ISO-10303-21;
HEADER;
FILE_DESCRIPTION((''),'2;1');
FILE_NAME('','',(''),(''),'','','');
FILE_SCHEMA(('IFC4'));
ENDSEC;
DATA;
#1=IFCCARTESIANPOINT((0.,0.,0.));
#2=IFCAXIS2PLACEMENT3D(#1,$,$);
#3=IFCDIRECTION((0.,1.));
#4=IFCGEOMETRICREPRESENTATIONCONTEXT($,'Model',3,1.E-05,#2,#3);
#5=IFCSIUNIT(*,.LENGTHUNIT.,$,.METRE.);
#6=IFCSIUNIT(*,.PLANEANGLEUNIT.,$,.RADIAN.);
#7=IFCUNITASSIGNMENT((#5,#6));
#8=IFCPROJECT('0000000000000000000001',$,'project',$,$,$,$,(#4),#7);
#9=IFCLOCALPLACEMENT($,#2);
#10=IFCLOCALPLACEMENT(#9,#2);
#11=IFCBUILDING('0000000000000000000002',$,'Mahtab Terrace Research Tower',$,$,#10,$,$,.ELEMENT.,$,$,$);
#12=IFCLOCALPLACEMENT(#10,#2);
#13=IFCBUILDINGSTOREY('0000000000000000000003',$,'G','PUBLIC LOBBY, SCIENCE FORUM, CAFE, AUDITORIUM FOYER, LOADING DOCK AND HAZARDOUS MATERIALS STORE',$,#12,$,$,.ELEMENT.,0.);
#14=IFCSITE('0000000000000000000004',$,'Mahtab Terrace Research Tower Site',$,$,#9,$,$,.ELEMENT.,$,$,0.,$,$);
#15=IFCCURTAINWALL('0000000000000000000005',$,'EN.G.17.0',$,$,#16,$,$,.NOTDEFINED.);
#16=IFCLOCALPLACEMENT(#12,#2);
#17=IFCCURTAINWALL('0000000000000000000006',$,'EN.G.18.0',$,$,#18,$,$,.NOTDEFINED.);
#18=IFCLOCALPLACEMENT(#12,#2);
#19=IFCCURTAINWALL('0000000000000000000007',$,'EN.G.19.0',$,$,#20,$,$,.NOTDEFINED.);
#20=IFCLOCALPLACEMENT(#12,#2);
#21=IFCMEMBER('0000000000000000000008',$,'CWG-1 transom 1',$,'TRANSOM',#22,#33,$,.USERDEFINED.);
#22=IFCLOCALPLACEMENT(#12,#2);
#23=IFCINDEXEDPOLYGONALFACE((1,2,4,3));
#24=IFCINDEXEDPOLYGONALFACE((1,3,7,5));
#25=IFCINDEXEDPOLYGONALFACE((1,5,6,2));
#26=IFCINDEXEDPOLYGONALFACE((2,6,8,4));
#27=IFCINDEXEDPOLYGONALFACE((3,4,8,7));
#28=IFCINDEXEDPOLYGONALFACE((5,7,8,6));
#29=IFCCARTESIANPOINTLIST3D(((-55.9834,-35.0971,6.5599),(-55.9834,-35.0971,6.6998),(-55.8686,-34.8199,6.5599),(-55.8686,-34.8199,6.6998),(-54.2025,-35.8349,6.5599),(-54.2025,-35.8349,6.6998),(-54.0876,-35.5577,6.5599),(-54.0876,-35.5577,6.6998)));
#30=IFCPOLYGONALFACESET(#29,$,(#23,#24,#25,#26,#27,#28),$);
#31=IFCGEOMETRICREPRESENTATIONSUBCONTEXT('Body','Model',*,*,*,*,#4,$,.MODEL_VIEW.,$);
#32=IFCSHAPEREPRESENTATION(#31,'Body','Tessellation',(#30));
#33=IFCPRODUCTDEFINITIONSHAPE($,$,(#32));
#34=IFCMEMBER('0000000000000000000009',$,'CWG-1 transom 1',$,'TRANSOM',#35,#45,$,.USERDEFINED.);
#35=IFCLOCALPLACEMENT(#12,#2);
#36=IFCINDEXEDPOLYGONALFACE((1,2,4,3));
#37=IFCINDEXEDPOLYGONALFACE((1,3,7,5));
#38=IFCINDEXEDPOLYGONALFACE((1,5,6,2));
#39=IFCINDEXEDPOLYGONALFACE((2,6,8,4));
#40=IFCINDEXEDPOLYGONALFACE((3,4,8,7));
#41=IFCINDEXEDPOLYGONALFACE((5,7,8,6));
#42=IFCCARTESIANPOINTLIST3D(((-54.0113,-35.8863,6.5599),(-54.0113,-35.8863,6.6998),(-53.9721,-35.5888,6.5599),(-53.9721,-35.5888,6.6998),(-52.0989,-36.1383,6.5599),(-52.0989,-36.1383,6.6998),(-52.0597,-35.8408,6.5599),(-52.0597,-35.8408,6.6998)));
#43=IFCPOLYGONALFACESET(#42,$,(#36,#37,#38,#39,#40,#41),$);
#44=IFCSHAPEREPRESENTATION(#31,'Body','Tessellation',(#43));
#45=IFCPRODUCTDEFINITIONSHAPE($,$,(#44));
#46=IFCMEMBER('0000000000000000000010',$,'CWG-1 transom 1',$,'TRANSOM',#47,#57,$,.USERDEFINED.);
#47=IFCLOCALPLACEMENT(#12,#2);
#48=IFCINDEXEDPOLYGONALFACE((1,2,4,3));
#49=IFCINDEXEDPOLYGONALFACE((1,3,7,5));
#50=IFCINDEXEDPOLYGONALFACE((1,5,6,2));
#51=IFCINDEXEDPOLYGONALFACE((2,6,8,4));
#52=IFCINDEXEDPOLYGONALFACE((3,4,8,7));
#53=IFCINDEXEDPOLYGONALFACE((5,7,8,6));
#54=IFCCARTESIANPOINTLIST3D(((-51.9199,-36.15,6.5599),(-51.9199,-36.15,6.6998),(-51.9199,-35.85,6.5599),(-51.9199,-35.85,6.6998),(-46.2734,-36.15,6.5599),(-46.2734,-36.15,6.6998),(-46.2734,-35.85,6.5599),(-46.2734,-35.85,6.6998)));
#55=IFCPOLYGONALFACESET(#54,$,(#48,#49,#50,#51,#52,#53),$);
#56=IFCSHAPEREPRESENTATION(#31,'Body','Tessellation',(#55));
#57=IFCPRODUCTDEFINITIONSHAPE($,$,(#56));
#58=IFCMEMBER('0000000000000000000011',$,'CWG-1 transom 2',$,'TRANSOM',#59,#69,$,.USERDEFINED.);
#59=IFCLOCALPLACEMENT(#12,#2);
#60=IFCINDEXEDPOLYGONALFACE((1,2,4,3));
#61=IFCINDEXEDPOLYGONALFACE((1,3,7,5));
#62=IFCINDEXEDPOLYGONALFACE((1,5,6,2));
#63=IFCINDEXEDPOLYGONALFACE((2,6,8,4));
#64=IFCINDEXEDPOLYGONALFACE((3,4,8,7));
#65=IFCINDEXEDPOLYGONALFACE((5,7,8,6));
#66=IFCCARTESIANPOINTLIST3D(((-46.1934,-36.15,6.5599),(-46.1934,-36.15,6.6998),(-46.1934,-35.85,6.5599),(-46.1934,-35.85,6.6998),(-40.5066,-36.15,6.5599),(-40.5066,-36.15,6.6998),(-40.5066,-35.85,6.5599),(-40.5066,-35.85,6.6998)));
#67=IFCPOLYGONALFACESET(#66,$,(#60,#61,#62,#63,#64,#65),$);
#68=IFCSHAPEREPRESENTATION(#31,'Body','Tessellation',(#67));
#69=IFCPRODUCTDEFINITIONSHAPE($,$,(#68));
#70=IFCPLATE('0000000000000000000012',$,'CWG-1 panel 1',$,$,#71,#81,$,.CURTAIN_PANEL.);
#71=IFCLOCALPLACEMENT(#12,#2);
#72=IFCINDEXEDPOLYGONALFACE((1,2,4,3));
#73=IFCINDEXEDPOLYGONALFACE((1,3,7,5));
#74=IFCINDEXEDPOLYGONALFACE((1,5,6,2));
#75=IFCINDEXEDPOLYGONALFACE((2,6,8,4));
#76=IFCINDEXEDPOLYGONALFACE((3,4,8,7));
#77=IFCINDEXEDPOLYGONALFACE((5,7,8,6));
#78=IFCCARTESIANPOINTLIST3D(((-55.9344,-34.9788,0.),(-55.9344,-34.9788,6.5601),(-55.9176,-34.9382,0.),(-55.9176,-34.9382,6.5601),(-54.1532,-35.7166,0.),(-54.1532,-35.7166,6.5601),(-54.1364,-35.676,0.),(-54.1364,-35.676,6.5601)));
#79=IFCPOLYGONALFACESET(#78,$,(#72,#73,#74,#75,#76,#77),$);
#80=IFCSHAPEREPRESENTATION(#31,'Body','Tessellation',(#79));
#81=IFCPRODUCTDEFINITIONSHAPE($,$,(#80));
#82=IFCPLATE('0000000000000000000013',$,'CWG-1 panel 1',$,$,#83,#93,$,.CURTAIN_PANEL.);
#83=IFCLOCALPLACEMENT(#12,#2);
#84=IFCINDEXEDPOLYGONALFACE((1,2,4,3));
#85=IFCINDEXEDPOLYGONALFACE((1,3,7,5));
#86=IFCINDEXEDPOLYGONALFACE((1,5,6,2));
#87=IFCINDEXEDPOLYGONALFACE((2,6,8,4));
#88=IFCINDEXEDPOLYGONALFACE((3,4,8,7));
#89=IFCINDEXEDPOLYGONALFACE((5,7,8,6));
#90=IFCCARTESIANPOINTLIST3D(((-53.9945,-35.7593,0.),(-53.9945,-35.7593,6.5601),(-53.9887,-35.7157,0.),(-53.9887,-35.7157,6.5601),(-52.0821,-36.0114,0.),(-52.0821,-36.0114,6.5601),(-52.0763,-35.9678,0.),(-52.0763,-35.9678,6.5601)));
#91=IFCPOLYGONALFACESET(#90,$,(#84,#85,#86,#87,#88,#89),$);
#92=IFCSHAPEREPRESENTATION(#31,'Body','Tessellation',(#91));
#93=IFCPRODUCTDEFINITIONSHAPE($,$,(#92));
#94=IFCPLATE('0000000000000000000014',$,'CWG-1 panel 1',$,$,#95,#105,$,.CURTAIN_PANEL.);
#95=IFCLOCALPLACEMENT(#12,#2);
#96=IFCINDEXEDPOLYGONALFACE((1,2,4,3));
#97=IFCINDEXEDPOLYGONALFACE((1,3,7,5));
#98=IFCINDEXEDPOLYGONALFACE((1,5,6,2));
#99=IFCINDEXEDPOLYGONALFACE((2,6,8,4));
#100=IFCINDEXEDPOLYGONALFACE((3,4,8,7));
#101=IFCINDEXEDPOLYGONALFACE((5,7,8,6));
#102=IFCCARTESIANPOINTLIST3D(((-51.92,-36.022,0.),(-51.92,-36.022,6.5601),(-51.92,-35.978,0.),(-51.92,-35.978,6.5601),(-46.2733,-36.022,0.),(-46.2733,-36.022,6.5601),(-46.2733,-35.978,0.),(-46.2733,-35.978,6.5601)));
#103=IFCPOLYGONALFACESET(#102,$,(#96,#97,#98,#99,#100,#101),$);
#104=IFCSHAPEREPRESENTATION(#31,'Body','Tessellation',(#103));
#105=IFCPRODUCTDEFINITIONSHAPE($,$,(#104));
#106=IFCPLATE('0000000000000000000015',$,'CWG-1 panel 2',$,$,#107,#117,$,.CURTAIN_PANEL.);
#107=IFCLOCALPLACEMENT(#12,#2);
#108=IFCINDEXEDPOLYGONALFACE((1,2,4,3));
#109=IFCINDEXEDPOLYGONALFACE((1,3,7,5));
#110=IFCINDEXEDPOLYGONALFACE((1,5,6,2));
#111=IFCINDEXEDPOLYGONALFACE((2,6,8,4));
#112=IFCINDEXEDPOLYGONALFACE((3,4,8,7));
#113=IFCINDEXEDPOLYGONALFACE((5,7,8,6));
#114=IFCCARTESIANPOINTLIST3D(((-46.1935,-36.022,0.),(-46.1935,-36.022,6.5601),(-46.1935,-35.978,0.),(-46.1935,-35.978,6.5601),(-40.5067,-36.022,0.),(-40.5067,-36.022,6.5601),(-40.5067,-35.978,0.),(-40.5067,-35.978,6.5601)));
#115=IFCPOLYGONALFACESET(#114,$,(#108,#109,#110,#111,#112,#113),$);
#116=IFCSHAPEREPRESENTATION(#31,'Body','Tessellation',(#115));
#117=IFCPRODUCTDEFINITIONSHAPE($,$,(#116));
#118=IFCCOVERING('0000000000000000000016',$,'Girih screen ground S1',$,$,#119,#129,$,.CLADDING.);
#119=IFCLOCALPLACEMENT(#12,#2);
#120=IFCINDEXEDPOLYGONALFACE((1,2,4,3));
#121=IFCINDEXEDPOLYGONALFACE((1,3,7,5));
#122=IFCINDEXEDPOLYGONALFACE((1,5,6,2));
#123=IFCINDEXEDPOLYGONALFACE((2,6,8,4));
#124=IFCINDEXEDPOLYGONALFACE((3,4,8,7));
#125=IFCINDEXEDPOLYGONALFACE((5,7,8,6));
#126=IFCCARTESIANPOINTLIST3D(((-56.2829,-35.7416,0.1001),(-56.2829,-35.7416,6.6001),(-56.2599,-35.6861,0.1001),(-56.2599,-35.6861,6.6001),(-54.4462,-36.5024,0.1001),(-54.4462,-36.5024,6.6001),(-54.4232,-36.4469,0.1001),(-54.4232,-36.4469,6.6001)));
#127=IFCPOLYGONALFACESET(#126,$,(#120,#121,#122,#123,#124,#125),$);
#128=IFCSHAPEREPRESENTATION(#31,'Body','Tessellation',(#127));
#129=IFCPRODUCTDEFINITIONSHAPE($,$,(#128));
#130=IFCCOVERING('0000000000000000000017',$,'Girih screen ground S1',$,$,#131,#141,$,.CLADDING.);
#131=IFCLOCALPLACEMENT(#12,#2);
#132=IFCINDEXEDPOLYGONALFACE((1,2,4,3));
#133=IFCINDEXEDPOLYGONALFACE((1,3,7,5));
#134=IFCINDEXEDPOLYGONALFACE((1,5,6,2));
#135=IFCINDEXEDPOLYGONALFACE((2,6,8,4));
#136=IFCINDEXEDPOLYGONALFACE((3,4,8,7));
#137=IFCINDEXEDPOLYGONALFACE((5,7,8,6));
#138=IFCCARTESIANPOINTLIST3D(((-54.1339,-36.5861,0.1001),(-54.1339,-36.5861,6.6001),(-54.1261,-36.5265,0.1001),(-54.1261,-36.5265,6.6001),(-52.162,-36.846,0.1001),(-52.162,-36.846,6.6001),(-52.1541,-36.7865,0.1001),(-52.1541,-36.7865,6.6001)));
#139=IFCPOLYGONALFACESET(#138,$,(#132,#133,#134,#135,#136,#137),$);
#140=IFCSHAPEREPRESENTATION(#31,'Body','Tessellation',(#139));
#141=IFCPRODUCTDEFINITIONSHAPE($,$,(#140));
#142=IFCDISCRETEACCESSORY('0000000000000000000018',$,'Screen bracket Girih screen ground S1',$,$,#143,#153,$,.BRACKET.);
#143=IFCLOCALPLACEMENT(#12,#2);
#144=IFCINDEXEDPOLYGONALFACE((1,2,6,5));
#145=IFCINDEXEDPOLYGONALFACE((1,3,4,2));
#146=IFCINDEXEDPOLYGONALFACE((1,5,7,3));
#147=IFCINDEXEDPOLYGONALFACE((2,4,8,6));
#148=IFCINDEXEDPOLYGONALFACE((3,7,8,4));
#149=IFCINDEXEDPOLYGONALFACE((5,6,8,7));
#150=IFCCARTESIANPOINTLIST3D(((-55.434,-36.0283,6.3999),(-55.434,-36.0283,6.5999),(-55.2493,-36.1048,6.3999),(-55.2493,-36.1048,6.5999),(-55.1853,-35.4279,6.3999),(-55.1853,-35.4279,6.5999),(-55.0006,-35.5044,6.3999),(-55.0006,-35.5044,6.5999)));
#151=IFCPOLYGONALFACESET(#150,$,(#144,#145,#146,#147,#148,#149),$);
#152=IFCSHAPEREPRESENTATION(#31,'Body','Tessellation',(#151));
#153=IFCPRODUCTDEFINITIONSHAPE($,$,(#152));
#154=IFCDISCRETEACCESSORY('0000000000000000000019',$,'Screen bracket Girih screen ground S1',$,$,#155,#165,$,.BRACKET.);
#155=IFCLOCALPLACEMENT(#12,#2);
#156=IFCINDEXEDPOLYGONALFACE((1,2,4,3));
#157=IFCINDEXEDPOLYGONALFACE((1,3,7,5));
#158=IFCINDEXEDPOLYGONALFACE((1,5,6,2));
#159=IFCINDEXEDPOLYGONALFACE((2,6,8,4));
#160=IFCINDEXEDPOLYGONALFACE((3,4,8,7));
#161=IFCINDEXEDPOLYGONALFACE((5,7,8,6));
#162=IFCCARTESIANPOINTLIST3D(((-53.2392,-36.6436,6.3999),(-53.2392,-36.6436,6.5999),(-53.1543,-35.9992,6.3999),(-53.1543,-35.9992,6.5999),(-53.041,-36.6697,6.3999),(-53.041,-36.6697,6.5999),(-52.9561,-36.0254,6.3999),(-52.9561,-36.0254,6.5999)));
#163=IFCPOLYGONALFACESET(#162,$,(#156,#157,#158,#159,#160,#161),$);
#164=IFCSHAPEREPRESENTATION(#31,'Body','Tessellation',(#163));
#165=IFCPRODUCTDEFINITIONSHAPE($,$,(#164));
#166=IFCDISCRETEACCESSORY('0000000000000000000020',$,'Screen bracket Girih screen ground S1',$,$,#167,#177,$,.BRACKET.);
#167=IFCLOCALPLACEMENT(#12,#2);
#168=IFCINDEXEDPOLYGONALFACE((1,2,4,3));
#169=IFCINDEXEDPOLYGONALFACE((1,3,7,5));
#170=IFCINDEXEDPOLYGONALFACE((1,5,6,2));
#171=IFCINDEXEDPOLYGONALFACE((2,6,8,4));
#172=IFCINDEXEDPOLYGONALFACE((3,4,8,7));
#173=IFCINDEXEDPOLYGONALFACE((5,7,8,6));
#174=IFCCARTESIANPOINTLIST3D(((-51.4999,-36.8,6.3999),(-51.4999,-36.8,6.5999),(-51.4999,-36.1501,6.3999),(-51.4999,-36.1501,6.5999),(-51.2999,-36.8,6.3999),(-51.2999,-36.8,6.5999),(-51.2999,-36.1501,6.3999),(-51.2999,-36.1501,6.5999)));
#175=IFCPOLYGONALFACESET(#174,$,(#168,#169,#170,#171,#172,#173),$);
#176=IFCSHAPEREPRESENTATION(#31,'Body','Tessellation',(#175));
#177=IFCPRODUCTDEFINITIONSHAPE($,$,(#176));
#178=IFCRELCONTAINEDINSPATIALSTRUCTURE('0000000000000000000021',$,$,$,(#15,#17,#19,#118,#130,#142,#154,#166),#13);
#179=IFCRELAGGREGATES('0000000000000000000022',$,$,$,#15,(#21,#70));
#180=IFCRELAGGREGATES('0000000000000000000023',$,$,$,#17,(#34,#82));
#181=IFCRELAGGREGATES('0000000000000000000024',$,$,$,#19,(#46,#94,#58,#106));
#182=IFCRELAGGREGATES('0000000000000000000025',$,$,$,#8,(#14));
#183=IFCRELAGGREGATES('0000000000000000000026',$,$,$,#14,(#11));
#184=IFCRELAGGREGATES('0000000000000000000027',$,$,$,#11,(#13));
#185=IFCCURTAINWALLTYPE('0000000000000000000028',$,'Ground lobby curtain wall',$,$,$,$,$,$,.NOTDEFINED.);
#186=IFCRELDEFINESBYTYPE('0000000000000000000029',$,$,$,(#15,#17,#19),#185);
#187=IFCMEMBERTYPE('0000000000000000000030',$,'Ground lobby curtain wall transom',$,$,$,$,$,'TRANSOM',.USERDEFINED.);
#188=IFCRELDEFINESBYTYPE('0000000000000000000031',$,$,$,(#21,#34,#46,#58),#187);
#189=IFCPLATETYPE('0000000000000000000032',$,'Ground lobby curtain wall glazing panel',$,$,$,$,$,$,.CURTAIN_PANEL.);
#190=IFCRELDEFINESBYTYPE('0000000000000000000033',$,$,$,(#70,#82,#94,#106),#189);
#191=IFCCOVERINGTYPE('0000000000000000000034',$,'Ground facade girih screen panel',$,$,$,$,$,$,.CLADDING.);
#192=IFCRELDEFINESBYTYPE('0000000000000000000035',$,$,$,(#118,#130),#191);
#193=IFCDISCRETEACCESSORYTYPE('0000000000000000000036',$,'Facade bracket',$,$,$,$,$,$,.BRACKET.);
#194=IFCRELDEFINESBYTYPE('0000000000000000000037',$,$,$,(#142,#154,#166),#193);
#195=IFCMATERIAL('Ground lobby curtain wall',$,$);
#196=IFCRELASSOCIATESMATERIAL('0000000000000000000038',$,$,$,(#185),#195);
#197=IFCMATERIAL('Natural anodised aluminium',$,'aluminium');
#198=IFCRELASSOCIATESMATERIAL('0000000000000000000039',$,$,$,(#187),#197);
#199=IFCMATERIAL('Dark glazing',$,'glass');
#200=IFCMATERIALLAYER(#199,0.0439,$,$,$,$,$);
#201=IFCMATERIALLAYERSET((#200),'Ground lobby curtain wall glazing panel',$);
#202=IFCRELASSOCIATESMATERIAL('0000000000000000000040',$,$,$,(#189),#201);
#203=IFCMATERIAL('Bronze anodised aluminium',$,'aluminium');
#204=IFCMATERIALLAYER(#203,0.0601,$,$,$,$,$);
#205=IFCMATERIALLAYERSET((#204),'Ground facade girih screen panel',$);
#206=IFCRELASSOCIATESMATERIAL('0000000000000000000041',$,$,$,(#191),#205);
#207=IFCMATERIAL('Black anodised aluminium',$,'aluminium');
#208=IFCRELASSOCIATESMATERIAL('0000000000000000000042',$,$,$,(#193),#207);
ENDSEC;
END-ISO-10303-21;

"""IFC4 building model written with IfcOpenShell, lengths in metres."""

from ifc_helpers import new_model, si_unit, direction, frame, origin, origin_2d, place, context, subcontext, project, spatial, rectangle, extrude, material, layer, layer_set, material_profile, profile_set, type_object, element, aggregate, save


model = new_model("IFC4")

# Units and contexts
model_context = context("Model", 3, precision=1e-05, world=origin(), true_north=direction((0.0, 1.0)))
body_context = subcontext(model_context, "Body", "Model", "MODEL_VIEW")
ifc_project = project(units=[si_unit("LENGTHUNIT", "METRE"), si_unit("PLANEANGLEUNIT", "RADIAN")], contexts=[model_context])

# Site, building, storey
site_placement = place(None, origin())
site = spatial("IfcSite", under=ifc_project, at=site_placement, Name="Mahtab Terrace Research Tower Site", CompositionType="ELEMENT", RefElevation=0.0)
building_placement = place(site_placement, origin())
building = spatial("IfcBuilding", under=site, at=building_placement, Name="Mahtab Terrace Research Tower", CompositionType="ELEMENT")
storey_placement = place(building_placement, origin())
storey = spatial("IfcBuildingStorey", under=building, at=storey_placement, Name="G", Description="PUBLIC LOBBY, SCIENCE FORUM, CAFE, AUDITORIUM FOYER, LOADING DOCK AND HAZARDOUS MATERIALS STORE", CompositionType="ELEMENT", Elevation=0.0)

# Curtain wall
ifc_material_1 = material(Name="Ground lobby curtain wall")
curtain_wall_type = type_object("IfcCurtainWallType", Name="Ground lobby curtain wall", PredefinedType="NOTDEFINED", material=ifc_material_1)
curtain_wall_1_placement = place(storey_placement, origin())
curtain_wall_1 = element("IfcCurtainWall", 1, at=curtain_wall_1_placement, inside=storey, type_object=curtain_wall_type, Name="EN.G.17.0", PredefinedType="NOTDEFINED")
ifc_material_2 = material(Name="Natural anodised aluminium", Category="aluminium")

# Curtain walls
curtain_wall_2_placement = place(storey_placement, origin())
curtain_wall_2 = element("IfcCurtainWall", 2, at=curtain_wall_2_placement, inside=storey, type_object=curtain_wall_type, Name="EN.G.18.0", PredefinedType="NOTDEFINED")
curtain_wall_3_placement = place(storey_placement, origin())
curtain_wall_3 = element("IfcCurtainWall", 3, at=curtain_wall_3_placement, inside=storey, type_object=curtain_wall_type, Name="EN.G.19.0", PredefinedType="NOTDEFINED")

# Members
ifc_material_profile_1 = material_profile(ifc_material_2, rectangle(XDim=0.3, YDim=0.1399, at=origin_2d()), Name="TRANSOM 140x300")
ifc_profile_set_1 = profile_set([ifc_material_profile_1], Name="Natural anodised aluminium")
member_type_1 = type_object("IfcMemberType", Name="Ground lobby curtain wall transom", ElementType="TRANSOM", PredefinedType="USERDEFINED", material=ifc_profile_set_1)
member_1_placement = place(storey_placement, frame((-55.926, -34.9585, 6.6299), z_axis=(0.923866, -0.382717, 0.0), x_axis=(0.382717, 0.923866, 0.0)))
member_1 = element("IfcMember", 4, at=member_1_placement, type_object=member_type_1, Name="CWG-1 transom 1", ObjectType="TRANSOM", PredefinedType="USERDEFINED", context=body_context, shape_type="SweptSolid", body=[
    extrude(rectangle(XDim=0.3, YDim=0.1399, at=origin_2d()), origin(), (0.0, 0.0, 1.0), 1.9277),
])
member_2_placement = place(storey_placement, frame((-53.9917, -35.7375, 6.6299), z_axis=(0.991432, -0.130621, 0.0), x_axis=(0.130621, 0.991432, 0.0)))
member_2 = element("IfcMember", 5, at=member_2_placement, type_object=member_type_1, Name="CWG-1 transom 1", ObjectType="TRANSOM", PredefinedType="USERDEFINED", context=body_context, shape_type="SweptSolid", body=[
    extrude(rectangle(XDim=0.3, YDim=0.1399, at=origin_2d()), origin(), (0.0, 0.0, 1.0), 1.929),
])
member_3_placement = place(storey_placement, frame((-51.9199, -36.0, 6.6299), z_axis=(1.0, 0.0, 0.0), x_axis=(0.0, 1.0, 0.0)))
member_3 = element("IfcMember", 6, at=member_3_placement, type_object=member_type_1, Name="CWG-1 transom 1", ObjectType="TRANSOM", PredefinedType="USERDEFINED", context=body_context, shape_type="SweptSolid", body=[
    extrude(rectangle(XDim=0.3, YDim=0.1399, at=origin_2d()), origin(), (0.0, 0.0, 1.0), 5.6465),
])
member_4_placement = place(storey_placement, frame((-46.1934, -36.0, 6.6299), z_axis=(1.0, 0.0, 0.0), x_axis=(0.0, 1.0, 0.0)))
member_4 = element("IfcMember", 7, at=member_4_placement, type_object=member_type_1, Name="CWG-1 transom 2", ObjectType="TRANSOM", PredefinedType="USERDEFINED", context=body_context, shape_type="SweptSolid", body=[
    extrude(rectangle(XDim=0.3, YDim=0.1399, at=origin_2d()), origin(), (0.0, 0.0, 1.0), 5.6868),
])

# Plates
ifc_material_3 = material(Name="Dark glazing", Category="glass")
ifc_layer_1 = layer(ifc_material_3, 0.0439)
ifc_layer_set_1 = layer_set([ifc_layer_1], Name="Ground lobby curtain wall glazing panel")
plate_type = type_object("IfcPlateType", Name="Ground lobby curtain wall glazing panel", PredefinedType="CURTAIN_PANEL", material=ifc_layer_set_1)
plate_1_placement = place(storey_placement, frame((-55.0354, -35.3274, 0.0), z_axis=(0.0, 0.0, 1.0), x_axis=(0.923883, -0.382676, 0.0)))
plate_1 = element("IfcPlate", 8, at=plate_1_placement, type_object=plate_type, Name="CWG-1 panel 1", PredefinedType="CURTAIN_PANEL", context=body_context, shape_type="SweptSolid", body=[
    extrude(rectangle(XDim=1.928, YDim=0.0439, at=origin_2d()), origin(), (0.0, 0.0, 1.0), 6.5601),
])
aggregate(curtain_wall_1, [member_1, plate_1])
plate_2_placement = place(storey_placement, frame((-53.0354, -35.8635, 0.0), z_axis=(0.0, 0.0, 1.0), x_axis=(0.991423, -0.13069, 0.0)))
plate_2 = element("IfcPlate", 9, at=plate_2_placement, type_object=plate_type, Name="CWG-1 panel 1", PredefinedType="CURTAIN_PANEL", context=body_context, shape_type="SweptSolid", body=[
    extrude(rectangle(XDim=1.929, YDim=0.0439, at=origin_2d()), origin(), (0.0, 0.0, 1.0), 6.5601),
])
aggregate(curtain_wall_2, [member_2, plate_2])
plate_3_placement = place(storey_placement, frame((-49.0967, -36.0, 0.0), z_axis=(0.0, 0.0, 1.0), x_axis=(1.0, 0.0, 0.0)))
plate_3 = element("IfcPlate", 10, at=plate_3_placement, type_object=plate_type, Name="CWG-1 panel 1", PredefinedType="CURTAIN_PANEL", context=body_context, shape_type="SweptSolid", body=[
    extrude(rectangle(XDim=5.6467, YDim=0.0439, at=origin_2d()), origin(), (0.0, 0.0, 1.0), 6.5601),
])
plate_4_placement = place(storey_placement, frame((-43.3501, -36.0, 0.0), z_axis=(0.0, 0.0, 1.0), x_axis=(1.0, 0.0, 0.0)))
plate_4 = element("IfcPlate", 11, at=plate_4_placement, type_object=plate_type, Name="CWG-1 panel 2", PredefinedType="CURTAIN_PANEL", context=body_context, shape_type="SweptSolid", body=[
    extrude(rectangle(XDim=5.6868, YDim=0.0439, at=origin_2d()), origin(), (0.0, 0.0, 1.0), 6.5601),
])
aggregate(curtain_wall_3, [member_3, plate_3, member_4, plate_4])

# Coverings
ifc_material_4 = material(Name="Bronze anodised aluminium", Category="aluminium")
ifc_layer_2 = layer(ifc_material_4, 0.0601)
ifc_layer_set_2 = layer_set([ifc_layer_2], Name="Ground facade girih screen panel")
covering_type = type_object("IfcCoveringType", Name="Ground facade girih screen panel", PredefinedType="CLADDING", material=ifc_layer_set_2)
covering_1_placement = place(storey_placement, frame((-55.353, -36.0942, 0.1001), z_axis=(0.0, 0.0, 1.0), x_axis=(0.923883, -0.382676, 0.0)))
element("IfcCovering", 12, at=covering_1_placement, inside=storey, type_object=covering_type, Name="Girih screen ground S1", PredefinedType="CLADDING", context=body_context, shape_type="SweptSolid", body=[
    extrude(rectangle(XDim=1.988, YDim=0.0601, at=origin_2d()), origin(), (0.0, 0.0, 1.0), 6.5),
])
covering_2_placement = place(storey_placement, frame((-53.144, -36.6863, 0.1001), z_axis=(0.0, 0.0, 1.0), x_axis=(0.991423, -0.13069, 0.0)))
element("IfcCovering", 13, at=covering_2_placement, inside=storey, type_object=covering_type, Name="Girih screen ground S1", PredefinedType="CLADDING", context=body_context, shape_type="SweptSolid", body=[
    extrude(rectangle(XDim=1.989, YDim=0.0601, at=origin_2d()), origin(), (0.0, 0.0, 1.0), 6.5),
])

# Discrete accessories
ifc_material_5 = material(Name="Black anodised aluminium", Category="aluminium")
discrete_accessory_type = type_object("IfcDiscreteAccessoryType", Name="Facade bracket", PredefinedType="BRACKET", material=ifc_material_5)
for number, where, z_axis, x_axis, name in (
    (14, (-55.2173, -35.7664, 6.3999), (0.0, 0.0, 1.0), (0.923883, -0.382676, 0.0), "Screen bracket Girih screen ground S1"),
    (15, (-53.0977, -36.3345, 6.3999), (0.0, 0.0, 1.0), (0.991423, -0.13069, 0.0), "Screen bracket Girih screen ground S1"),
    (16, (-51.3999, -36.4751, 6.3999), (0.0, 0.0, 1.0), (1.0, 0.0, 0.0), "Screen bracket Girih screen ground S1"),
):
    element("IfcDiscreteAccessory", number, at=place(storey_placement, frame(where, z_axis=z_axis, x_axis=x_axis)), inside=storey, type_object=discrete_accessory_type, Name=name, PredefinedType="BRACKET", context=body_context, shape_type="SweptSolid", body=[
        extrude(rectangle(XDim=0.2, YDim=0.6499, at=origin_2d()), origin(), (0.0, 0.0, 1.0), 0.2),
    ])

save(model, "model.ifc")
